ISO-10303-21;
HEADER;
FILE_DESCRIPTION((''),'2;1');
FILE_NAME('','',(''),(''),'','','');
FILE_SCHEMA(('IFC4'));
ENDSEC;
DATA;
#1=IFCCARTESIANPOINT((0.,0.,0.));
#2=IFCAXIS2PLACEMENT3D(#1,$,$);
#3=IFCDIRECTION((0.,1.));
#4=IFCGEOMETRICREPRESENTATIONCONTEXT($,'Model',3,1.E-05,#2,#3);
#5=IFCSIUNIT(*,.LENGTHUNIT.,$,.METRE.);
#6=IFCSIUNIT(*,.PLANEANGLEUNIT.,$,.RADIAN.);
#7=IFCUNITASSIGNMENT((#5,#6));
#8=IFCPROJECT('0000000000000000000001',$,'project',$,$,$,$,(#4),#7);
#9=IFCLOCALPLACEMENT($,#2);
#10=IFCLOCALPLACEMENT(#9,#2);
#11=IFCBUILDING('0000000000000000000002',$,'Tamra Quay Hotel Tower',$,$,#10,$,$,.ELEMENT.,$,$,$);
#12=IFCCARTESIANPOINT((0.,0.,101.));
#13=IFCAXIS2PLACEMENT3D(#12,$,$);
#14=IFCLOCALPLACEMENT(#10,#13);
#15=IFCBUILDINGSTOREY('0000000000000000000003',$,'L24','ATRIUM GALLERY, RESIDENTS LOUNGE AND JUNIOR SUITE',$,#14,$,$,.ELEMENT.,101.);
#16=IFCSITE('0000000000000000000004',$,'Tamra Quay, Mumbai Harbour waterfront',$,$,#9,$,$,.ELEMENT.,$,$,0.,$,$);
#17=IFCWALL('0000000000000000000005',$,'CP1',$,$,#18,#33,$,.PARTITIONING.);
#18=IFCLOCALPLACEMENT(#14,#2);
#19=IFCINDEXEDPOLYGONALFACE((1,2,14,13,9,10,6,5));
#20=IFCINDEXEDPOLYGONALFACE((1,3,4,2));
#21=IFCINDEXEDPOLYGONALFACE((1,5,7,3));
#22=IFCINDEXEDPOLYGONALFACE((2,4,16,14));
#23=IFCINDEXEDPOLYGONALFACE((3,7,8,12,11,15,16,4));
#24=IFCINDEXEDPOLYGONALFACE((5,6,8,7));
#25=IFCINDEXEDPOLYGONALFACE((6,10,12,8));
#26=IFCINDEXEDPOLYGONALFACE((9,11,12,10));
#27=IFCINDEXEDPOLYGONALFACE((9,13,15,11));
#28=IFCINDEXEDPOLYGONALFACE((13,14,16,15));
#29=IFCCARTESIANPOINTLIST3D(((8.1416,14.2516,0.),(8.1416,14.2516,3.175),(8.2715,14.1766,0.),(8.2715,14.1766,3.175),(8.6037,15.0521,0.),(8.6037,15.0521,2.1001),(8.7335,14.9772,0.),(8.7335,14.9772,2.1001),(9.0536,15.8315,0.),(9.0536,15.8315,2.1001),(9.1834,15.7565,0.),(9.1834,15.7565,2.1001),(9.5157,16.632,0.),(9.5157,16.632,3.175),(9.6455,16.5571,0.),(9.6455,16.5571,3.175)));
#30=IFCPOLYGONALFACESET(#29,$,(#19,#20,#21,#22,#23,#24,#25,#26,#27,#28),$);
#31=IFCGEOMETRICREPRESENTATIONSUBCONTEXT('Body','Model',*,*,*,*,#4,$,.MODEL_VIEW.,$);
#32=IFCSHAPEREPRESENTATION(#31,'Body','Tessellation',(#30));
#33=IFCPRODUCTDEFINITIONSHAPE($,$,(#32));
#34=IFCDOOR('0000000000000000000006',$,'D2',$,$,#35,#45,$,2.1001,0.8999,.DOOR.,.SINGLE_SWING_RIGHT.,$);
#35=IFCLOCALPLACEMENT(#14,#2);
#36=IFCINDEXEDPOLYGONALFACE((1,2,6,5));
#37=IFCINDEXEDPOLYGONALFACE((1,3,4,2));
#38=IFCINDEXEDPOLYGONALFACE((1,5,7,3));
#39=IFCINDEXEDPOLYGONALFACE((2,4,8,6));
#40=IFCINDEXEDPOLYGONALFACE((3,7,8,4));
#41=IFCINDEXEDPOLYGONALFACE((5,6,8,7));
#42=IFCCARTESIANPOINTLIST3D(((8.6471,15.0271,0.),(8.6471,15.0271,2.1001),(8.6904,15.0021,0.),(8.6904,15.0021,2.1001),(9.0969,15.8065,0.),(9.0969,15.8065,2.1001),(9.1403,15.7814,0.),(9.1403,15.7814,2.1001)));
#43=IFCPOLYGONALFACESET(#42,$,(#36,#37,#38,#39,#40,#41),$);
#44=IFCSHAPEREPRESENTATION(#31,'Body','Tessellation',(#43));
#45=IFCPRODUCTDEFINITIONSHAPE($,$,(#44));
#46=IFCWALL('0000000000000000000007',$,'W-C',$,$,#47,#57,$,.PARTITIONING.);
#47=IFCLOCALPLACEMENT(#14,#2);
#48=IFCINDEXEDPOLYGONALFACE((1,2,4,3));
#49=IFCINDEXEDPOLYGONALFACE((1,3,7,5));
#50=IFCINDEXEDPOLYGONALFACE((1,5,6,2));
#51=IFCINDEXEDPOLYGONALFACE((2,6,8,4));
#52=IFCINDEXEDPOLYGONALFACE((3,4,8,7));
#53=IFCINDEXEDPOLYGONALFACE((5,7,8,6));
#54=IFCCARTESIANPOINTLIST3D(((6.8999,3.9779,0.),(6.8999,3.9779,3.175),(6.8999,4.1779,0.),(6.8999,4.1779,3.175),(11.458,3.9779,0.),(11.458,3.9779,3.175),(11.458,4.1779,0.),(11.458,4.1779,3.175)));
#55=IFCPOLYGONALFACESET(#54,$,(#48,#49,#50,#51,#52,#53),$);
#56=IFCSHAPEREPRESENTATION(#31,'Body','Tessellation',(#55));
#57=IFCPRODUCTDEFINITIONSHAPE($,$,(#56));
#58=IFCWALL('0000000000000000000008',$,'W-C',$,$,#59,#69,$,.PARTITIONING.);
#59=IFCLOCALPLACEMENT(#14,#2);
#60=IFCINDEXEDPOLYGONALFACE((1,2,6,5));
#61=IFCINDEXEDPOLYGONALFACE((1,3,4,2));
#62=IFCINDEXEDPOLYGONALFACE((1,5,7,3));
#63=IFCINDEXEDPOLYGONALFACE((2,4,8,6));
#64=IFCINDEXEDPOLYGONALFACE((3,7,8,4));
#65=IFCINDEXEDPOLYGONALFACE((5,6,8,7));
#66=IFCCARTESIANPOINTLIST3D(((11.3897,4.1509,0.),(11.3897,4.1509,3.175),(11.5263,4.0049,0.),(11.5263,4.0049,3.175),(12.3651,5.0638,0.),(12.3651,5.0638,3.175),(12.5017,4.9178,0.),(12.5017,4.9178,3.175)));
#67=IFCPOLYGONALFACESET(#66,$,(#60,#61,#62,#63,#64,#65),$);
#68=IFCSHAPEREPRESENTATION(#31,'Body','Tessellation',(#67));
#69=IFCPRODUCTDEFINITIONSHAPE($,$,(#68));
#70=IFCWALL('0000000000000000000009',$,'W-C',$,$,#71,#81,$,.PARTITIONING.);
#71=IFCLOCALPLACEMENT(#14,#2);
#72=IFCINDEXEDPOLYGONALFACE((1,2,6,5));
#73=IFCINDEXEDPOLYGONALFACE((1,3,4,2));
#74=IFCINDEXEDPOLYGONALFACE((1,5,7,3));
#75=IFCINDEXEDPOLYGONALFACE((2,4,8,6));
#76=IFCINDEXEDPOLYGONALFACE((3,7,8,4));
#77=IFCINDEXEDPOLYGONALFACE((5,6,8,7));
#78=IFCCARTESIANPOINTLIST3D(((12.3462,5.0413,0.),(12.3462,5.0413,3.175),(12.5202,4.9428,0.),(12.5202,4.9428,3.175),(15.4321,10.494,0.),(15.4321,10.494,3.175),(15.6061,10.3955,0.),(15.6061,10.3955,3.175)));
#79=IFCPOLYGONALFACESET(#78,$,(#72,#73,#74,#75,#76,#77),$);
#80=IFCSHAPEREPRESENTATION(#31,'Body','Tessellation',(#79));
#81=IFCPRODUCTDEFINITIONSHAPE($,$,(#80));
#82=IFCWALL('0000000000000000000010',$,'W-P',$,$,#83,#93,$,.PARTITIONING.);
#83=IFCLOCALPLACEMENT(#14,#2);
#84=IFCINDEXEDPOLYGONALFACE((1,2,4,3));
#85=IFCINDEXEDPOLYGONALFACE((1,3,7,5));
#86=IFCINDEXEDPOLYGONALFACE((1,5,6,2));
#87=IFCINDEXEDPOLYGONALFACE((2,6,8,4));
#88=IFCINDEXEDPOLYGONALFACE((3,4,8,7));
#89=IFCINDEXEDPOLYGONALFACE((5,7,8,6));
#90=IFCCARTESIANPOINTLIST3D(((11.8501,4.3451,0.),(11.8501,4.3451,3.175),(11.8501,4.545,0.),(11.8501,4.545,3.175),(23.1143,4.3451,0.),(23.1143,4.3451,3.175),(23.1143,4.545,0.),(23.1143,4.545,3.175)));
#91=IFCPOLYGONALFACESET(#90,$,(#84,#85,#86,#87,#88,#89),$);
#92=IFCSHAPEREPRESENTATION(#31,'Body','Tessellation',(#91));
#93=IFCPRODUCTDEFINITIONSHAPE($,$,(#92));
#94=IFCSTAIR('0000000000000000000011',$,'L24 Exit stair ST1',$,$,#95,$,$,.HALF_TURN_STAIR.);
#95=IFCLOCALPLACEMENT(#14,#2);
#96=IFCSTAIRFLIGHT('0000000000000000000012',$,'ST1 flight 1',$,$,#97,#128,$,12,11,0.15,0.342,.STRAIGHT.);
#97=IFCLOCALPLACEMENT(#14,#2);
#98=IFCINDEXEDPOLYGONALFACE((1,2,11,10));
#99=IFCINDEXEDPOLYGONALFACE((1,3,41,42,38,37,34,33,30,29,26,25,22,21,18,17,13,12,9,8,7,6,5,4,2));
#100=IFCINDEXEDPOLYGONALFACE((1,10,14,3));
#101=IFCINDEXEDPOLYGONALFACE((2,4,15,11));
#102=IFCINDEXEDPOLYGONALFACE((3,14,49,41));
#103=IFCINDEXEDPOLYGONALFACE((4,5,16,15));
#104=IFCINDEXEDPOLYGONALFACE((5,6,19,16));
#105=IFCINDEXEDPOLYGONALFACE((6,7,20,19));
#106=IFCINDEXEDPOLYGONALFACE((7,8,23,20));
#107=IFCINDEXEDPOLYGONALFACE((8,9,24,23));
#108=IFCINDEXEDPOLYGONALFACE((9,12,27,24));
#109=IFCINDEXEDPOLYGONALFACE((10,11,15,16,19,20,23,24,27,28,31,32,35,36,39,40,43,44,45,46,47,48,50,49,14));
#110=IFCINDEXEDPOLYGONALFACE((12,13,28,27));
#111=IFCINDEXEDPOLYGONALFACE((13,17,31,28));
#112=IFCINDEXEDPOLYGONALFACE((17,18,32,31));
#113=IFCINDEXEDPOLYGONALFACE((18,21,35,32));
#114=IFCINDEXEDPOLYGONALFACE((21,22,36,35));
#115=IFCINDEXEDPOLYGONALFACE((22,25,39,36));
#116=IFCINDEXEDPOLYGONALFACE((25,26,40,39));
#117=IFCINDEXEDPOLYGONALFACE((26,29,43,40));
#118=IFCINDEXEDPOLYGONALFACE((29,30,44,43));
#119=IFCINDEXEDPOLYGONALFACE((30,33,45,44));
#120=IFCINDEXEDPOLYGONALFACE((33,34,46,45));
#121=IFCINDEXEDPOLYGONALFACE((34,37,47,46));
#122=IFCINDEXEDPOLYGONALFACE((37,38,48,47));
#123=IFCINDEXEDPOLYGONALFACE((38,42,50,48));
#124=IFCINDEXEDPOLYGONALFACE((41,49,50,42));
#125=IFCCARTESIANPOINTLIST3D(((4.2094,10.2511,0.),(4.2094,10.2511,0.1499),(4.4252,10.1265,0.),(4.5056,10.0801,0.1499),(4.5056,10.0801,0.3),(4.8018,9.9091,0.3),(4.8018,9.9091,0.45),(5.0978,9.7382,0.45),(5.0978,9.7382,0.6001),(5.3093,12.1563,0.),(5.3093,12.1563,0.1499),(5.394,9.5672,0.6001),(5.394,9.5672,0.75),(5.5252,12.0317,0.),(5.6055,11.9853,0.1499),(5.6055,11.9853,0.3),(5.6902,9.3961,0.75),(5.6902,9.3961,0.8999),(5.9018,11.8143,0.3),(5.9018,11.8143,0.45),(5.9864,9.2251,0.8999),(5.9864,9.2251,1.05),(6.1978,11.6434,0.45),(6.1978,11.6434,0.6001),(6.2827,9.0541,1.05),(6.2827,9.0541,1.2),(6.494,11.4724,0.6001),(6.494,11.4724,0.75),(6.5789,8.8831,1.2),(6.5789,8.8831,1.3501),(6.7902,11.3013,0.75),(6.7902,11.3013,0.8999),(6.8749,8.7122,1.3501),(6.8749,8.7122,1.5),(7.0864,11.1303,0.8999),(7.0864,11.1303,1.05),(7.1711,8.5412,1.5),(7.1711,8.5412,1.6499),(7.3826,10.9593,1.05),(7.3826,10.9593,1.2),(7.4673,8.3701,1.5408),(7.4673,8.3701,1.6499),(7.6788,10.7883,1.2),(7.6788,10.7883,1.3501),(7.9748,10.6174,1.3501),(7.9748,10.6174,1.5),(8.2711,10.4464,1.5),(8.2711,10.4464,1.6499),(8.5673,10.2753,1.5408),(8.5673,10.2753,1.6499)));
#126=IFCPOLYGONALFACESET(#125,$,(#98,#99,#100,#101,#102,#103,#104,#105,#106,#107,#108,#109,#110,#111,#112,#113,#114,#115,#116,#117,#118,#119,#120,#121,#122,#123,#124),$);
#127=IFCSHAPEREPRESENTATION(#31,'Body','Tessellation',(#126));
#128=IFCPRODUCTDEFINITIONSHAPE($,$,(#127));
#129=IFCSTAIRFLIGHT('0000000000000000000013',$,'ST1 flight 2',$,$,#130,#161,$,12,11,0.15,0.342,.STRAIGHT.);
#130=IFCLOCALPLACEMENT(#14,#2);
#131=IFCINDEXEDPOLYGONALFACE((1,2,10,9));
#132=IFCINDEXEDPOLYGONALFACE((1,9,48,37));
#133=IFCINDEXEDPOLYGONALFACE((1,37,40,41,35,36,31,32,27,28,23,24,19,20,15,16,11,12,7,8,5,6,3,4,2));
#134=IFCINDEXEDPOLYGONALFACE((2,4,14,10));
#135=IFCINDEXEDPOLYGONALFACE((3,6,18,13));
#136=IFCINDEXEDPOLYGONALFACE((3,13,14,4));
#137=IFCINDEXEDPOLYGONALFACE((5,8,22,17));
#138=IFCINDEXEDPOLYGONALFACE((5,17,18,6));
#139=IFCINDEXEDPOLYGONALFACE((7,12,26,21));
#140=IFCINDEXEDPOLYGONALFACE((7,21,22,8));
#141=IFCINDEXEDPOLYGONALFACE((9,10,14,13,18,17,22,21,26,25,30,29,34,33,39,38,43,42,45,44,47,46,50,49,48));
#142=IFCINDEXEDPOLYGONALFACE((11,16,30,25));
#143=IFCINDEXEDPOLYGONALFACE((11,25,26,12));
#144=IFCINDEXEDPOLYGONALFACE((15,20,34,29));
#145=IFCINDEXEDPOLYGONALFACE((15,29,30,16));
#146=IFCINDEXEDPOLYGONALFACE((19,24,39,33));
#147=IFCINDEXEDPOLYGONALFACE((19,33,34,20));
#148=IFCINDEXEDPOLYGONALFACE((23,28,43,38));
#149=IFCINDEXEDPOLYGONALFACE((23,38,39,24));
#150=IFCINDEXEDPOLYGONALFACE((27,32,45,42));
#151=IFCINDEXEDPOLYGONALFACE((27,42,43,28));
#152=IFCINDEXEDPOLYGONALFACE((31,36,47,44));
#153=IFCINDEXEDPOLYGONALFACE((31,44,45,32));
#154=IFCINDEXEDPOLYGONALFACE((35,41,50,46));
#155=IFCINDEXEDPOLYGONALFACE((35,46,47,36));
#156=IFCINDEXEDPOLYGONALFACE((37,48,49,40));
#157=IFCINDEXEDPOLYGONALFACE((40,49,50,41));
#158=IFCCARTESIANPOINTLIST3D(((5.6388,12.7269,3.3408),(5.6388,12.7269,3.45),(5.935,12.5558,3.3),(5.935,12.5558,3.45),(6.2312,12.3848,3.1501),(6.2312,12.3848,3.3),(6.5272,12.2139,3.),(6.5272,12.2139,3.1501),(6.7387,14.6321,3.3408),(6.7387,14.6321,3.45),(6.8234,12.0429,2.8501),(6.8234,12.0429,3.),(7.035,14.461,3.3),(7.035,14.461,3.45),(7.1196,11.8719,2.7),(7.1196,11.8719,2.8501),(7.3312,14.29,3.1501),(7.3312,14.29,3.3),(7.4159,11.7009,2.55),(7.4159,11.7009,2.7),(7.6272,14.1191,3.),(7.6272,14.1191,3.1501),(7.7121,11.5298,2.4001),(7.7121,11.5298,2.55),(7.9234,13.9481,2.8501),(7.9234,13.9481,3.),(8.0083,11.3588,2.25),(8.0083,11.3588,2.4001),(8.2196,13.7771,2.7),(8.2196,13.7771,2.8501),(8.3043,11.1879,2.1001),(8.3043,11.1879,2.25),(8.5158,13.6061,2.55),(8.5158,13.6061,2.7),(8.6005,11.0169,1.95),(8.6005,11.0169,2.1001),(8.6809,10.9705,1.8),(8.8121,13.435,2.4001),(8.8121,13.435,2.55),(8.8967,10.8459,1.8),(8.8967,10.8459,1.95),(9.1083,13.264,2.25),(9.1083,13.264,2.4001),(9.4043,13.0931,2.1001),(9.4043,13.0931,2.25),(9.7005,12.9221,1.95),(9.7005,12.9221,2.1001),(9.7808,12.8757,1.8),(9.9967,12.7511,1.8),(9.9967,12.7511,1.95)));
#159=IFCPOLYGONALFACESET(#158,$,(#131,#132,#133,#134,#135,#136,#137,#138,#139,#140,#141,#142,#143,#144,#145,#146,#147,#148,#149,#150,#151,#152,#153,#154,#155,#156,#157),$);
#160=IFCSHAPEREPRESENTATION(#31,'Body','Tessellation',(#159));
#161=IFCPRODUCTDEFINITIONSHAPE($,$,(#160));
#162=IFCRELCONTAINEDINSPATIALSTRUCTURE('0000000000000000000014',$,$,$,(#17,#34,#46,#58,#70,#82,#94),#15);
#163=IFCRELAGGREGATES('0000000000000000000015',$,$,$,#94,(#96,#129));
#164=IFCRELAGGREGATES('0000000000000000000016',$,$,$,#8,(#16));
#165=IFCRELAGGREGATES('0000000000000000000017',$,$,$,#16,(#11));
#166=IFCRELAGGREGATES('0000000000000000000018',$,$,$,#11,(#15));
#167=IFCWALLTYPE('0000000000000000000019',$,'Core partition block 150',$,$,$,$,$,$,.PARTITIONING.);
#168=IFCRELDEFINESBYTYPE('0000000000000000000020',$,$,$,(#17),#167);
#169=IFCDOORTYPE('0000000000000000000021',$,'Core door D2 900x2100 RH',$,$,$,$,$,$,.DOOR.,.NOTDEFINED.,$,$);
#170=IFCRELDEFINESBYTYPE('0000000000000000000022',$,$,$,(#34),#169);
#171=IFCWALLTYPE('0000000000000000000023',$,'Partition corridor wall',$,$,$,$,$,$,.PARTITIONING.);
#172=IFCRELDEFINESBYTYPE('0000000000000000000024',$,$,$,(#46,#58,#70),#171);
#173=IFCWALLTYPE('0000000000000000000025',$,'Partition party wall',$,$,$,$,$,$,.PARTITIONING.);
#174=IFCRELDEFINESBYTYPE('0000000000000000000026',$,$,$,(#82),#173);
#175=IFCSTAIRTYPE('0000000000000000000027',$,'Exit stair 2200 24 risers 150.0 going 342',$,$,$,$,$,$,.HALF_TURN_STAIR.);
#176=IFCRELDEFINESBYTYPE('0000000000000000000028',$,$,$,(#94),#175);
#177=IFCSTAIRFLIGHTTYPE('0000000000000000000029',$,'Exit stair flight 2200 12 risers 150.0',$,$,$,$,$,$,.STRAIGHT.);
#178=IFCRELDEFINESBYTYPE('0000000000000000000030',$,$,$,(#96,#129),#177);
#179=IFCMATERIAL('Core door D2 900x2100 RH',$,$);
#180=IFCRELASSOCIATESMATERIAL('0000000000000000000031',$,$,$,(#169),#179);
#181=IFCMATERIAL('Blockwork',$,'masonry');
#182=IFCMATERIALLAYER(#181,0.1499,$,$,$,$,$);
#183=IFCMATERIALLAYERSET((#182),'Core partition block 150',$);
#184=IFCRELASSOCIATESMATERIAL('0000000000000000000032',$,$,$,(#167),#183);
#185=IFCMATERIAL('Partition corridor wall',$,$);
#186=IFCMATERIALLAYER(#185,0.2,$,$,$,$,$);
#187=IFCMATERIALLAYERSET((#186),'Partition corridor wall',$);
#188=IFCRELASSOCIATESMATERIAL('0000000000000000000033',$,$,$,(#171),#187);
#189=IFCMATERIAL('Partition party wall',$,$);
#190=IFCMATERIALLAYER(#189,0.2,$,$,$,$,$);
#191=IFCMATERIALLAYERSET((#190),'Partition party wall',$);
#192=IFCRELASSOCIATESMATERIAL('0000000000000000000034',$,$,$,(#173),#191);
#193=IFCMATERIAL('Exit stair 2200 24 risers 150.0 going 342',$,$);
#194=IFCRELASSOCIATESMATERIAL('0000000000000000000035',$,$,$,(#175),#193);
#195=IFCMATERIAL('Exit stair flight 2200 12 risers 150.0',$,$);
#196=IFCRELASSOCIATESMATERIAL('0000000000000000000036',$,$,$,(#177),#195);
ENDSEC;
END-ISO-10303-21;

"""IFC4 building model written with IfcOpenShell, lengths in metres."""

from ifc_helpers import new_model, si_unit, direction, frame, frame_2d, origin, place, context, subcontext, project, spatial, polyline, rectangle, outline, extrude, material, layer, layer_set, type_object, element, fill, aggregate, save


model = new_model("IFC4")

# Units and contexts
model_context = context("Model", 3, precision=1e-05, world=origin(), true_north=direction((0.0, 1.0)))
body_context = subcontext(model_context, "Body", "Model", "MODEL_VIEW")
ifc_project = project(units=[si_unit("LENGTHUNIT", "METRE"), si_unit("PLANEANGLEUNIT", "RADIAN")], contexts=[model_context])

# Site, building, storey
site_placement = place(None, origin())
site = spatial("IfcSite", under=ifc_project, at=site_placement, Name="Tamra Quay, Mumbai Harbour waterfront", CompositionType="ELEMENT", RefElevation=0.0)
building_placement = place(site_placement, origin())
building = spatial("IfcBuilding", under=site, at=building_placement, Name="Tamra Quay Hotel Tower", CompositionType="ELEMENT")
storey_placement = place(building_placement, frame((0.0, 0.0, 101.0)))
storey = spatial("IfcBuildingStorey", under=building, at=storey_placement, Name="L24", Description="ATRIUM GALLERY, RESIDENTS LOUNGE AND JUNIOR SUITE", CompositionType="ELEMENT", Elevation=101.0)

# Shared definitions
ifc_material_1 = material(Name="Core door D2 900x2100 RH")
door_type_1 = type_object("IfcDoorType", Name="Core door D2 900x2100 RH", OperationType="NOTDEFINED", PredefinedType="DOOR", material=ifc_material_1)

# Wall, opening, door
ifc_material_2 = material(Name="Blockwork", Category="masonry")
ifc_layer_1 = layer(ifc_material_2, 0.1499)
ifc_layer_set_1 = layer_set([ifc_layer_1], Name="Core partition block 150")
wall_type_1 = type_object("IfcWallType", Name="Core partition block 150", PredefinedType="PARTITIONING", material=ifc_layer_set_1)
wall_1_placement = place(storey_placement, frame((8.2065, 14.2141, 0.0), z_axis=(0.0, 0.0, 1.0), x_axis=(0.499922, 0.86607, 0.0)))
wall_1 = element("IfcWall", 1, at=wall_1_placement, inside=storey, type_object=wall_type_1, Name="CP1", PredefinedType="PARTITIONING", context=body_context, shape_type="SweptSolid", body=[
    extrude(rectangle(XDim=2.7485, YDim=0.1499, at=frame_2d((1.3743, 0.0))), origin(), (0.0, 0.0, 1.0), 3.175),
])
opening_1_placement = place(wall_1_placement, frame((0.9243, 0.0, 0.0)))
opening_1 = element("IfcOpeningElement", 2, at=opening_1_placement, cuts=wall_1, PredefinedType="OPENING", context=body_context, shape_type="SweptSolid", body=[
    extrude(rectangle(XDim=0.8999, YDim=2.1001, at=frame_2d((0.45, 1.05))), frame((0.0, 0.085, 0.0), z_axis=(0.0, -1.0, 0.0), x_axis=(1.0, 0.0, 0.0)), (0.0, 0.0, 1.0), 0.1699),
])
door_1_placement = place(opening_1_placement, origin())
door_1 = element("IfcDoor", 3, at=door_1_placement, inside=storey, type_object=door_type_1, Name="D2", OperationType="SINGLE_SWING_RIGHT", OverallHeight=2.1001, OverallWidth=0.8999, PredefinedType="DOOR", context=body_context, shape_type="SweptSolid", body=[
    extrude(rectangle(XDim=0.8999, YDim=2.1001, at=frame_2d((0.45, 1.05))), frame((0.0, 0.0249, 0.0), z_axis=(0.0, -1.0, 0.0), x_axis=(1.0, 0.0, 0.0)), (0.0, 0.0, 1.0), 0.05),
])
fill(opening_1, door_1)

# Walls
ifc_material_3 = material(Name="Partition corridor wall")
ifc_layer_2 = layer(ifc_material_3, 0.2)
ifc_layer_set_2 = layer_set([ifc_layer_2], Name="Partition corridor wall")
wall_type_2 = type_object("IfcWallType", Name="Partition corridor wall", PredefinedType="PARTITIONING", material=ifc_layer_set_2)
wall_2_placement = place(storey_placement, frame((6.8999, 4.0779, 0.0), z_axis=(0.0, 0.0, 1.0), x_axis=(1.0, 0.0, 0.0)))
element("IfcWall", 4, at=wall_2_placement, inside=storey, type_object=wall_type_2, Name="W-C", PredefinedType="PARTITIONING", context=body_context, shape_type="SweptSolid", body=[
    extrude(rectangle(XDim=4.5581, YDim=0.2, at=frame_2d((2.2791, 0.0))), origin(), (0.0, 0.0, 1.0), 3.175),
])
wall_3_placement = place(storey_placement, frame((11.458, 4.0779, 0.0), z_axis=(0.0, 0.0, 1.0), x_axis=(0.730113, 0.683327, 0.0)))
element("IfcWall", 5, at=wall_3_placement, inside=storey, type_object=wall_type_2, Name="W-C", PredefinedType="PARTITIONING", context=body_context, shape_type="SweptSolid", body=[
    extrude(rectangle(XDim=1.3359, YDim=0.2, at=frame_2d((0.668, 0.0))), origin(), (0.0, 0.0, 1.0), 3.175),
])
wall_4_placement = place(storey_placement, frame((12.4331, 4.9919, 0.0), z_axis=(0.0, 0.0, 1.0), x_axis=(0.492543, 0.870288, 0.0)))
element("IfcWall", 6, at=wall_4_placement, inside=storey, type_object=wall_type_2, Name="W-C", PredefinedType="PARTITIONING", context=body_context, shape_type="SweptSolid", body=[
    extrude(rectangle(XDim=6.2654, YDim=0.2, at=frame_2d((3.1328, 0.0))), origin(), (0.0, 0.0, 1.0), 3.175),
])
ifc_material_4 = material(Name="Partition party wall")
ifc_layer_3 = layer(ifc_material_4, 0.2)
ifc_layer_set_3 = layer_set([ifc_layer_3], Name="Partition party wall")
wall_type_3 = type_object("IfcWallType", Name="Partition party wall", PredefinedType="PARTITIONING", material=ifc_layer_set_3)
wall_5_placement = place(storey_placement, frame((11.8501, 4.4451, 0.0), z_axis=(0.0, 0.0, 1.0), x_axis=(1.0, 0.0, 0.0)))
element("IfcWall", 7, at=wall_5_placement, inside=storey, type_object=wall_type_3, Name="W-P", PredefinedType="PARTITIONING", context=body_context, shape_type="SweptSolid", body=[
    extrude(rectangle(XDim=11.2642, YDim=0.2, at=frame_2d((5.6321, 0.0))), origin(), (0.0, 0.0, 1.0), 3.175),
])

# Stair, stair flights
ifc_material_5 = material(Name="Exit stair 2200 24 risers 150.0 going 342")
stair_type = type_object("IfcStairType", Name="Exit stair 2200 24 risers 150.0 going 342", PredefinedType="HALF_TURN_STAIR", material=ifc_material_5)
stair_placement = place(storey_placement, origin())
stair = element("IfcStair", 8, at=stair_placement, inside=storey, type_object=stair_type, Name="L24 Exit stair ST1", PredefinedType="HALF_TURN_STAIR")
ifc_material_6 = material(Name="Exit stair flight 2200 12 risers 150.0")
stair_flight_type = type_object("IfcStairFlightType", Name="Exit stair flight 2200 12 risers 150.0", PredefinedType="STRAIGHT", material=ifc_material_6)
stair_flight_1_placement = place(storey_placement, frame((4.7593, 11.2036, 0.0), z_axis=(0.0, 0.0, 1.0), x_axis=(0.866025, -0.5, 0.0)))
stair_flight_1 = element("IfcStairFlight", 9, at=stair_flight_1_placement, type_object=stair_flight_type, Name="ST1 flight 1", NumberOfRisers=12, NumberOfTreads=11, PredefinedType="STRAIGHT", RiserHeight=0.15, TreadLength=0.342, context=body_context, shape_type="SweptSolid", body=[
    extrude(outline(polyline([(0.0, 0.0), (0.0, 0.1499), (0.342, 0.1499), (0.342, 0.3), (0.6841, 0.3), (0.6841, 0.45), (1.0259, 0.45), (1.0259, 0.6001), (1.3679, 0.6001), (1.3679, 0.75), (1.71, 0.75), (1.71, 0.8999), (2.052, 0.8999), (2.052, 1.05), (2.394, 1.05), (2.394, 1.2), (2.7361, 1.2), (2.7361, 1.3501), (3.0779, 1.3501), (3.0779, 1.5), (3.4199, 1.5), (3.4199, 1.6499), (3.762, 1.6499), (3.762, 1.8), (3.762, 1.5408), (0.2493, 0.0), (0.0, 0.0)])), frame((0.0, 1.1001, 0.0), z_axis=(0.0, -1.0, 0.0), x_axis=(1.0, 0.0, 0.0)), (0.0, 0.0, 1.0), 2.2),
])
stair_flight_2_placement = place(storey_placement, frame((9.4468, 11.7986, 1.8), z_axis=(0.0, 0.0, 1.0), x_axis=(-0.866025, 0.5, 0.0)))
stair_flight_2 = element("IfcStairFlight", 10, at=stair_flight_2_placement, type_object=stair_flight_type, Name="ST1 flight 2", NumberOfRisers=12, NumberOfTreads=11, PredefinedType="STRAIGHT", RiserHeight=0.15, TreadLength=0.342, context=body_context, shape_type="SweptSolid", body=[
    extrude(outline(polyline([(0.0, 0.0), (0.0, 0.1499), (0.342, 0.1499), (0.342, 0.3), (0.6841, 0.3), (0.6841, 0.45), (1.0259, 0.45), (1.0259, 0.6001), (1.3679, 0.6001), (1.3679, 0.75), (1.71, 0.75), (1.71, 0.8999), (2.052, 0.8999), (2.052, 1.05), (2.394, 1.05), (2.394, 1.2), (2.7361, 1.2), (2.7361, 1.3501), (3.0779, 1.3501), (3.0779, 1.5), (3.4199, 1.5), (3.4199, 1.6499), (3.762, 1.6499), (3.762, 1.8), (3.762, 1.5408), (0.2493, 0.0), (0.0, 0.0)])), frame((0.0, 1.1001, 0.0), z_axis=(0.0, -1.0, 0.0), x_axis=(1.0, 0.0, 0.0)), (0.0, 0.0, 1.0), 2.2),
])
aggregate(stair, [stair_flight_1, stair_flight_2])

save(model, "model.ifc")
